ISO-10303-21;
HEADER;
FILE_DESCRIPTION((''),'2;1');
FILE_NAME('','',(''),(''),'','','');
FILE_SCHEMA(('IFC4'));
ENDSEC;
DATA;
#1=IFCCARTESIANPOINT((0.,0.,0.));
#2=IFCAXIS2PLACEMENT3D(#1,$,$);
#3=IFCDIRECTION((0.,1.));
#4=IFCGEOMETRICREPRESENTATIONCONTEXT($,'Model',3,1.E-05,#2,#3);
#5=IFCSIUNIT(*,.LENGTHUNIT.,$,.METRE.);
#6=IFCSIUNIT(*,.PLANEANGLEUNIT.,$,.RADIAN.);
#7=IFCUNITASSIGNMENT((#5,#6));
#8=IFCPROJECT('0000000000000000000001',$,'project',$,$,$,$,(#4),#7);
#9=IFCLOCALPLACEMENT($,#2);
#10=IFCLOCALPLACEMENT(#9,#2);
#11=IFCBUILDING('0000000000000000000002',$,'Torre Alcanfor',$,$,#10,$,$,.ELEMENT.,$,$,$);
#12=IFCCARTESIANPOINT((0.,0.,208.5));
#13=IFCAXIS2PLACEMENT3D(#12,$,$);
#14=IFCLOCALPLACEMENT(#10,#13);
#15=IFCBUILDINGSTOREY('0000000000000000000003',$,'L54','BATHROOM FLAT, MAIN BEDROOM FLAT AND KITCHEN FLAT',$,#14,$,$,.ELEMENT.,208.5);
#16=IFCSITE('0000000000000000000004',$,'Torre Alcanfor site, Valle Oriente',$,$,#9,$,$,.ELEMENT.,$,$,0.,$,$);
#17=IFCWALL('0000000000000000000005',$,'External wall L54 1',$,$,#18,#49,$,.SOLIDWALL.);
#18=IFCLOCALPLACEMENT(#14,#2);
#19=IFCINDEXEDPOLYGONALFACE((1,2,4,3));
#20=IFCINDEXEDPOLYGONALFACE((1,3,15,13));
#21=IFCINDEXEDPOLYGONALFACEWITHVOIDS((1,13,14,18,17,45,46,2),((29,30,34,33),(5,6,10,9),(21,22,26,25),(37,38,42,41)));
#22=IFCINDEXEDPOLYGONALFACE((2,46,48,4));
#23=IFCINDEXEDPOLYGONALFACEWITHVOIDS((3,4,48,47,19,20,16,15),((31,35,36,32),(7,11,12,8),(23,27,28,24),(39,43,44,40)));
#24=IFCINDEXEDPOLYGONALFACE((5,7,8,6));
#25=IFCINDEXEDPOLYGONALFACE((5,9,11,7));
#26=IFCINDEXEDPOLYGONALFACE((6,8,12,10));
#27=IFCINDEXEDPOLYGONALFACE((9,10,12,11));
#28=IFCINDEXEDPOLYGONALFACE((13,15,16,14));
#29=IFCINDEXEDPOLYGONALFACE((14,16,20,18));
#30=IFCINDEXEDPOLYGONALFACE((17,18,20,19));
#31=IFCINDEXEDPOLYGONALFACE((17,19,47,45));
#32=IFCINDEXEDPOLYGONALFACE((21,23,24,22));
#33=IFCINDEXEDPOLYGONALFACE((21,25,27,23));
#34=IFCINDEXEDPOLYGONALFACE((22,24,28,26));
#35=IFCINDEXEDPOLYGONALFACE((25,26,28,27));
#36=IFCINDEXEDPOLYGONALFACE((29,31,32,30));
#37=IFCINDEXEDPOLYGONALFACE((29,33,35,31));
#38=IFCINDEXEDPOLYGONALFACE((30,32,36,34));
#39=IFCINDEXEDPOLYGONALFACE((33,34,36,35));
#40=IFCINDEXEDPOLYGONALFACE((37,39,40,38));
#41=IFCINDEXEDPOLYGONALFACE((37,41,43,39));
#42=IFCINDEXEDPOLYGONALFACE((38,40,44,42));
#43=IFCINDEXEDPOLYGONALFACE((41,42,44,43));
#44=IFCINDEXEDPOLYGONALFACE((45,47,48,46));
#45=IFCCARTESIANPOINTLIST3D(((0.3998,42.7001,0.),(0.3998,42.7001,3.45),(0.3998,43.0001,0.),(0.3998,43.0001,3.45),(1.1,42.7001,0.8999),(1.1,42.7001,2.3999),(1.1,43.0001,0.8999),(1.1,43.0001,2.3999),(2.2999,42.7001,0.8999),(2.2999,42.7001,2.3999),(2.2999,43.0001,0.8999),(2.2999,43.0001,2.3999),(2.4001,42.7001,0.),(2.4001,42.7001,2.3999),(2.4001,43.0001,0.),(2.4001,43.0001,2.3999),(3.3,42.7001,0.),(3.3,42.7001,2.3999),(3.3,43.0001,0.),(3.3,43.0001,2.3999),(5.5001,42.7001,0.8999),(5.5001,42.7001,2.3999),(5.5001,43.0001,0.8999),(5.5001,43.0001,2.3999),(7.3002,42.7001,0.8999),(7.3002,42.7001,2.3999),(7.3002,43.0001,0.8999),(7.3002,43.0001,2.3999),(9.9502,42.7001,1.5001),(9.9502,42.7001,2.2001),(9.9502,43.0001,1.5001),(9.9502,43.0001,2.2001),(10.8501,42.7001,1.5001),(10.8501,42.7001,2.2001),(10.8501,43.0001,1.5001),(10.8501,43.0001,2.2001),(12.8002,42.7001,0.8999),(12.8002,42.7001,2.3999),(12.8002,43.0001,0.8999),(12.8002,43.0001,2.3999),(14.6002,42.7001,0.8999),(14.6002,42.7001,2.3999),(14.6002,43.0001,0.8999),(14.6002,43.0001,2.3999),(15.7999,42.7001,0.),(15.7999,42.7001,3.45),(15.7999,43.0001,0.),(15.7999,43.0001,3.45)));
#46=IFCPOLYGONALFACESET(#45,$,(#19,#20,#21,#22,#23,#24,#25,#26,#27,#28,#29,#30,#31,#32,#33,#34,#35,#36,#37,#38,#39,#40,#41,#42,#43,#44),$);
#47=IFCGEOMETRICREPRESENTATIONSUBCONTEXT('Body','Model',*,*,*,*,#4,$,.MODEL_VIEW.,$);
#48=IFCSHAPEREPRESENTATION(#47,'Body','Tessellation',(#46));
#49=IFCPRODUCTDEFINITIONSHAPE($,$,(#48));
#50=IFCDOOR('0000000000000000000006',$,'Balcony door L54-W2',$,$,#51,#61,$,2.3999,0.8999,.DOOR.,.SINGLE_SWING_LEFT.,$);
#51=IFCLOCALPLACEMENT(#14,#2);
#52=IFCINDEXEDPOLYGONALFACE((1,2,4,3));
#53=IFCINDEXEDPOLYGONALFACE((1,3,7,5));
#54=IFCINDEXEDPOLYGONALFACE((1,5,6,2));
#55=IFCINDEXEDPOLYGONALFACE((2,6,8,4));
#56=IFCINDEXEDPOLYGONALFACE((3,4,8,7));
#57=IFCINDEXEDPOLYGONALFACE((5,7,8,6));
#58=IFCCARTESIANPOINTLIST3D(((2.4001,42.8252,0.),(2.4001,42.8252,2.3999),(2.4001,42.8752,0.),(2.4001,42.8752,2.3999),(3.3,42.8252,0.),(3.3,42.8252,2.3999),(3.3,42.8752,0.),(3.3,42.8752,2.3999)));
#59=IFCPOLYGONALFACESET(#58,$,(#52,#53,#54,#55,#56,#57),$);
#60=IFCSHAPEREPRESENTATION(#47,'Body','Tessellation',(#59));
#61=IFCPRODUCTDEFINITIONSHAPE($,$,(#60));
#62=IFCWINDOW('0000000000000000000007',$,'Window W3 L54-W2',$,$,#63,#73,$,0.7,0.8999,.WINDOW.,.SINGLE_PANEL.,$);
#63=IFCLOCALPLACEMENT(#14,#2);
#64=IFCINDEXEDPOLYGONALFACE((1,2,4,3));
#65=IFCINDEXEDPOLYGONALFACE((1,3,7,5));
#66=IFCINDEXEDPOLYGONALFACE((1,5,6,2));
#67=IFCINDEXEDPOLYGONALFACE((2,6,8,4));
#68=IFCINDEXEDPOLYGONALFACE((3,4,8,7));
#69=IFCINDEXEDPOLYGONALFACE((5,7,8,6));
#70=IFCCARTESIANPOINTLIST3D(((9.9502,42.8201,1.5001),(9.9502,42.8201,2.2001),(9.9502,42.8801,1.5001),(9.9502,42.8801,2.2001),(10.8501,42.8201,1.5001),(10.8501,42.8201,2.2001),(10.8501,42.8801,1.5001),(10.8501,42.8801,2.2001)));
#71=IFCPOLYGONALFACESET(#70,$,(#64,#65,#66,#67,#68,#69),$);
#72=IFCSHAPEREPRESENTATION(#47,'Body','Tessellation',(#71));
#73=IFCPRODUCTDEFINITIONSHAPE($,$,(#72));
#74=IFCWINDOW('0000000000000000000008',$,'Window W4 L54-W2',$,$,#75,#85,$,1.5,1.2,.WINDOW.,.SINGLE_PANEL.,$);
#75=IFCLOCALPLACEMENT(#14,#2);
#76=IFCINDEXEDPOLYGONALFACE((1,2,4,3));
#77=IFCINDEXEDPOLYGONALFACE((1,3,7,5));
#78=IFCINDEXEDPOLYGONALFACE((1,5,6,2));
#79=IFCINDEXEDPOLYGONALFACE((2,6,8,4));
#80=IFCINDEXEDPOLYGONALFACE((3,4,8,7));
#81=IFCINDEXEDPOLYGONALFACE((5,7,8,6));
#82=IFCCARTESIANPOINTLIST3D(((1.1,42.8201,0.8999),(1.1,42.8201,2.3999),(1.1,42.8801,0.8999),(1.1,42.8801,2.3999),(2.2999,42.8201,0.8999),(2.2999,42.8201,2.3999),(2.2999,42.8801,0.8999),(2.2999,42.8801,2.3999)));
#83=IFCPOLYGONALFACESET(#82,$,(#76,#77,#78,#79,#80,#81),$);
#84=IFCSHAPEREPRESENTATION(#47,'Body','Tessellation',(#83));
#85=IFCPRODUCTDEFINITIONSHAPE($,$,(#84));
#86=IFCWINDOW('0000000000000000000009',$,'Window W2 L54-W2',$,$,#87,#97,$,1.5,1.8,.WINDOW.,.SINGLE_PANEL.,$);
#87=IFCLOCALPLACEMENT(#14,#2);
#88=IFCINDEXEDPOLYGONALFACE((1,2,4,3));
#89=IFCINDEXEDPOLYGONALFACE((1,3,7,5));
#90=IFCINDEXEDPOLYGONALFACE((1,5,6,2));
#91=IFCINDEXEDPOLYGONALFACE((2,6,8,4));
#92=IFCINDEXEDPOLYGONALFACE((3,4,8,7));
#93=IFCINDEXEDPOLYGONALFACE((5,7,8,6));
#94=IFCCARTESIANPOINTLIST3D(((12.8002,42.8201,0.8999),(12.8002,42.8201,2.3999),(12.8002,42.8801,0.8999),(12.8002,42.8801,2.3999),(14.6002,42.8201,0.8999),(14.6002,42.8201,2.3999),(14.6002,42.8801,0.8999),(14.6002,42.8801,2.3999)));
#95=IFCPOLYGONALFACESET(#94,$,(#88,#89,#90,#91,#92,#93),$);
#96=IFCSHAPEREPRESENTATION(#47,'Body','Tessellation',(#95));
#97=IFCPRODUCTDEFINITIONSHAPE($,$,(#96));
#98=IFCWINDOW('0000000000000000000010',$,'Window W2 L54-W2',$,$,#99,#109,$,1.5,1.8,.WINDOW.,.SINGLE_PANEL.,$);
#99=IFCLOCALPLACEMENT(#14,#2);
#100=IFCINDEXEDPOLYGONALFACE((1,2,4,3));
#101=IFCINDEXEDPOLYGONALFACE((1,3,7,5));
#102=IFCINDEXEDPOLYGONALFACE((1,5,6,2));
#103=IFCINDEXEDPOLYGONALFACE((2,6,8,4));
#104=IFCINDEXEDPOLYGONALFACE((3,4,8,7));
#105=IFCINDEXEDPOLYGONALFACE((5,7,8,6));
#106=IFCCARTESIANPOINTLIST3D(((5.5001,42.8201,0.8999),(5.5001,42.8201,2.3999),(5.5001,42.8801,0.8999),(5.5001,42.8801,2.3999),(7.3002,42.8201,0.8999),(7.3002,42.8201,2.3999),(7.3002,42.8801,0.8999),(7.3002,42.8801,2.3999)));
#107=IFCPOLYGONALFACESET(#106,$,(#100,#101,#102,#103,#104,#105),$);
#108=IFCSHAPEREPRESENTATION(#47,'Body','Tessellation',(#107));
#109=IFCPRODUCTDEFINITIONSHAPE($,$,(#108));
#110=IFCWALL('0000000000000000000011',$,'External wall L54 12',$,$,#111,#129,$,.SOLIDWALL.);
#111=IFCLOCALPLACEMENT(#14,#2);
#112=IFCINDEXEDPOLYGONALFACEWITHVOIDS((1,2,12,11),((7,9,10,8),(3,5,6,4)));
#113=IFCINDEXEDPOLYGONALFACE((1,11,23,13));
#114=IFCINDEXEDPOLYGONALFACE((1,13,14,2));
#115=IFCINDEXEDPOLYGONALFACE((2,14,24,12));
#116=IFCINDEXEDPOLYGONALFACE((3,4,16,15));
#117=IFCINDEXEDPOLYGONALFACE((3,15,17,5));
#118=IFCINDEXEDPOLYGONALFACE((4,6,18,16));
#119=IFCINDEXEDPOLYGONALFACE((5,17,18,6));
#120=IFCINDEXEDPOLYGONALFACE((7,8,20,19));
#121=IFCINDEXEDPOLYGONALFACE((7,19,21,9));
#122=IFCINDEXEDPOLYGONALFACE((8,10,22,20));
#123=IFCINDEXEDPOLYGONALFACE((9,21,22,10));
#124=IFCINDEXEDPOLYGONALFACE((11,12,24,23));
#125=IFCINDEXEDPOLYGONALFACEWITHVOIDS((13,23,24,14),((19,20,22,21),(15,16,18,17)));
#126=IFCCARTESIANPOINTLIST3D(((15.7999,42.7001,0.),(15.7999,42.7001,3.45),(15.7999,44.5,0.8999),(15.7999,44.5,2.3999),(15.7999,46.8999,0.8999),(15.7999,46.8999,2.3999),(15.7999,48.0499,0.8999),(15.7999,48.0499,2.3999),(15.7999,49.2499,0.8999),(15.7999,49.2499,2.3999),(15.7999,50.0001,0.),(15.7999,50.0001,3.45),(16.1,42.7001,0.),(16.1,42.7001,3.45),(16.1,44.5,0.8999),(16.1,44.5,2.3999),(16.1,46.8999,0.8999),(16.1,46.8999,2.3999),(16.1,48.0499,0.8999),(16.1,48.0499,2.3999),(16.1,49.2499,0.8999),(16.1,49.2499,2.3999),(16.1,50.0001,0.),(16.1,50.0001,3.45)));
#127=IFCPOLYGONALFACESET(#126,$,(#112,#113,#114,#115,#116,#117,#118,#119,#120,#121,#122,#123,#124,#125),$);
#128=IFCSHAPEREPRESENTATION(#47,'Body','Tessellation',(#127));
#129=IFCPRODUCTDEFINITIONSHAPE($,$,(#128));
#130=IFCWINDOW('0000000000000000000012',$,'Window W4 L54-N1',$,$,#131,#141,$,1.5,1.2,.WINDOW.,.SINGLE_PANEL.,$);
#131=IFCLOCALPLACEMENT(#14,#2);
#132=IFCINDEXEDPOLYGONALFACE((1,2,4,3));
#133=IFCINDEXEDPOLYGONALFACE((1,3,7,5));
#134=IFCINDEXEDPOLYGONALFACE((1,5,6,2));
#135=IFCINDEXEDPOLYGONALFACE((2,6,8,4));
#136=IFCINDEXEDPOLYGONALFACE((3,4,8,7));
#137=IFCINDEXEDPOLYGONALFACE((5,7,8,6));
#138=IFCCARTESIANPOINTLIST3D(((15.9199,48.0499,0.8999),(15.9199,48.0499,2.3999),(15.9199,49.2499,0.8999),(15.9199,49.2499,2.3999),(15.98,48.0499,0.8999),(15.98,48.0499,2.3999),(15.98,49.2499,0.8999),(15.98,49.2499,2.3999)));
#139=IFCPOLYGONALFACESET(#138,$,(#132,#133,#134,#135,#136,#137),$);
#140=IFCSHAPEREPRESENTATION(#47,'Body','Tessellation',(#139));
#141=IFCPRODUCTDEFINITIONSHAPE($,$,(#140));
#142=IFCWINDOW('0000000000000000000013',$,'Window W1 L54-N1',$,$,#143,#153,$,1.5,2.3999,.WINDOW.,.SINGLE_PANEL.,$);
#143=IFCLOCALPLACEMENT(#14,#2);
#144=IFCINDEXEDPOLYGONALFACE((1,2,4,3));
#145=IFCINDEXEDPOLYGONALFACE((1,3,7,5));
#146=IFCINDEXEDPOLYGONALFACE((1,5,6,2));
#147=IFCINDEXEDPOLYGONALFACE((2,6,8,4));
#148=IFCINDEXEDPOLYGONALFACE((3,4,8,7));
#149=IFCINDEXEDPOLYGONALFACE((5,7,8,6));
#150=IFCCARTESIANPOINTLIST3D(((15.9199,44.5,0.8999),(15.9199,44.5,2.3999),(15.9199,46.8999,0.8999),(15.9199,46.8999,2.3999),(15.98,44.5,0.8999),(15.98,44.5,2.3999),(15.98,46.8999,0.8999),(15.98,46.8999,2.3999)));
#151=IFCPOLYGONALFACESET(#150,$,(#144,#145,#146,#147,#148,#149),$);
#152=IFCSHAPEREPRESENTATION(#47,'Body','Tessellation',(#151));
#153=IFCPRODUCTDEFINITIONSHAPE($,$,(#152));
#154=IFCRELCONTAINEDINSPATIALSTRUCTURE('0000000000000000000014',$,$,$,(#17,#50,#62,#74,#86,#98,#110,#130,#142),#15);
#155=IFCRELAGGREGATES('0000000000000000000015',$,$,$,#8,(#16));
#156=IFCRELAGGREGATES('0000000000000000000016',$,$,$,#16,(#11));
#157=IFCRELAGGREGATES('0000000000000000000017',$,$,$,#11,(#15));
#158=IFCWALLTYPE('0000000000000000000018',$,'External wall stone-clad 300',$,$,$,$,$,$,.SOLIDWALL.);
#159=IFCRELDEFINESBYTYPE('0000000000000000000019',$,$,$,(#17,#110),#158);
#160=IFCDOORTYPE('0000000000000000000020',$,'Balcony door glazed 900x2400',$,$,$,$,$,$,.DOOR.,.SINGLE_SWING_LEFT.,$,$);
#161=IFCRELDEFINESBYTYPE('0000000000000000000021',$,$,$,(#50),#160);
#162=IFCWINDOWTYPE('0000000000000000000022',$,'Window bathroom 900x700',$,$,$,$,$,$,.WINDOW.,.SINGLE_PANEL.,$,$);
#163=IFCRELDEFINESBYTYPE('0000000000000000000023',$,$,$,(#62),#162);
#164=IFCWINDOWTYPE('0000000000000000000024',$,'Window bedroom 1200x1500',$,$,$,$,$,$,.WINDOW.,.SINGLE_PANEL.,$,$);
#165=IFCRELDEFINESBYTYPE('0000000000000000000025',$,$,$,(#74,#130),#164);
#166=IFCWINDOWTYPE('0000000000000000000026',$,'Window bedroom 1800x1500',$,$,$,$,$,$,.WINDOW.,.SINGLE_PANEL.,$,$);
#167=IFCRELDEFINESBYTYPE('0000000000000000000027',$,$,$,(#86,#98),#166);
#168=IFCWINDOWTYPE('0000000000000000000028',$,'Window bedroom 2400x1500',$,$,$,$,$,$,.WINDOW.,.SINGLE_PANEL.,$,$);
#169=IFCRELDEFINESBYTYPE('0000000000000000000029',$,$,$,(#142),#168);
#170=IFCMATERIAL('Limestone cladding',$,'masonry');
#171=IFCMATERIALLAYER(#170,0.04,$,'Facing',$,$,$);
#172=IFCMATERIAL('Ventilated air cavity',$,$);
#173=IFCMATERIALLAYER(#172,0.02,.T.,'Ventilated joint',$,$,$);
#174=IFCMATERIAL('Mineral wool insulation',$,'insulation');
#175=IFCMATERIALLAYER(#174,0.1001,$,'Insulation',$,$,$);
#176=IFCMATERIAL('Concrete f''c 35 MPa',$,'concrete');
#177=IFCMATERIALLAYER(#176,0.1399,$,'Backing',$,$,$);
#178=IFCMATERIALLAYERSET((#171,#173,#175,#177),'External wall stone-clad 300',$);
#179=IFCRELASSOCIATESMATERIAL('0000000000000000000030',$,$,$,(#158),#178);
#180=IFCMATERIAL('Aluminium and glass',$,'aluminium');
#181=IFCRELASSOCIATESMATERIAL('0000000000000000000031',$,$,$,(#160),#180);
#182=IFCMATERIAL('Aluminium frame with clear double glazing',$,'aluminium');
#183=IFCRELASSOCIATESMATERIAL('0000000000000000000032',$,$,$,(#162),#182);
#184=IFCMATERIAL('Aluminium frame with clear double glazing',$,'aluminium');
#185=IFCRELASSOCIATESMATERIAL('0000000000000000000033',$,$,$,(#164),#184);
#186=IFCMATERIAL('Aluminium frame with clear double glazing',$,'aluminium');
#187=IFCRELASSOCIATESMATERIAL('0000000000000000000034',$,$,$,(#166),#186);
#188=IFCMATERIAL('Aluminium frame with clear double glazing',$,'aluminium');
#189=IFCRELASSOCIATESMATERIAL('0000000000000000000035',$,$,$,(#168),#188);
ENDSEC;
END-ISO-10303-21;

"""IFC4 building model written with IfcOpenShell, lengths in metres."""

from ifc_helpers import new_model, si_unit, direction, frame, frame_2d, origin, place, context, subcontext, project, spatial, rectangle, extrude, material, layer, layer_set, type_object, element, fill, save


model = new_model("IFC4")

# Units and contexts
model_context = context("Model", 3, precision=1e-05, world=origin(), true_north=direction((0.0, 1.0)))
body_context = subcontext(model_context, "Body", "Model", "MODEL_VIEW")
ifc_project = project(units=[si_unit("LENGTHUNIT", "METRE"), si_unit("PLANEANGLEUNIT", "RADIAN")], contexts=[model_context])

# Site, building, storey
site_placement = place(None, origin())
site = spatial("IfcSite", under=ifc_project, at=site_placement, Name="Torre Alcanfor site, Valle Oriente", CompositionType="ELEMENT", RefElevation=0.0)
building_placement = place(site_placement, origin())
building = spatial("IfcBuilding", under=site, at=building_placement, Name="Torre Alcanfor", CompositionType="ELEMENT")
storey_placement = place(building_placement, frame((0.0, 0.0, 208.5)))
storey = spatial("IfcBuildingStorey", under=building, at=storey_placement, Name="L54", Description="BATHROOM FLAT, MAIN BEDROOM FLAT AND KITCHEN FLAT", CompositionType="ELEMENT", Elevation=208.5)

# Wall, openings, door, windows
ifc_material_1 = material(Name="Limestone cladding", Category="masonry")
ifc_layer_1 = layer(ifc_material_1, 0.04, Name="Facing")
ifc_material_2 = material(Name="Ventilated air cavity")
ifc_layer_2 = layer(ifc_material_2, 0.02, ventilated=True, Name="Ventilated joint")
ifc_material_3 = material(Name="Mineral wool insulation", Category="insulation")
ifc_layer_3 = layer(ifc_material_3, 0.1001, Name="Insulation")
ifc_material_4 = material(Name="Concrete f'c 35 MPa", Category="concrete")
ifc_layer_4 = layer(ifc_material_4, 0.1399, Name="Backing")
ifc_layer_set_1 = layer_set([ifc_layer_1, ifc_layer_2, ifc_layer_3, ifc_layer_4], Name="External wall stone-clad 300")
wall_type_1 = type_object("IfcWallType", Name="External wall stone-clad 300", PredefinedType="SOLIDWALL", material=ifc_layer_set_1)
wall_1_placement = place(storey_placement, frame((15.8, 42.8501, 0.0), z_axis=(0.0, 0.0, 1.0), x_axis=(-1.0, 0.0, 0.0)))
wall_1 = element("IfcWall", 1, at=wall_1_placement, inside=storey, type_object=wall_type_1, Name="External wall L54 1", PredefinedType="SOLIDWALL", context=body_context, shape_type="SweptSolid", body=[
    extrude(rectangle(XDim=15.4001, YDim=0.3, at=frame_2d((7.7002, 0.0))), origin(), (0.0, 0.0, 1.0), 3.45),
])
opening_1_placement = place(wall_1_placement, frame((1.2, 0.0, 0.8999)))
opening_1 = element("IfcOpeningElement", 2, at=opening_1_placement, cuts=wall_1, PredefinedType="OPENING", context=body_context, shape_type="SweptSolid", body=[
    extrude(rectangle(XDim=1.8, YDim=1.5, at=frame_2d((0.8999, 0.75))), frame((0.0, 0.1599, 0.0), z_axis=(0.0, -1.0, 0.0), x_axis=(1.0, 0.0, 0.0)), (0.0, 0.0, 1.0), 0.3201),
])
opening_2_placement = place(wall_1_placement, frame((4.95, 0.0, 1.5)))
opening_2 = element("IfcOpeningElement", 3, at=opening_2_placement, cuts=wall_1, PredefinedType="OPENING", context=body_context, shape_type="SweptSolid", body=[
    extrude(rectangle(XDim=0.8999, YDim=0.7, at=frame_2d((0.45, 0.3501))), frame((0.0, 0.1599, 0.0), z_axis=(0.0, -1.0, 0.0), x_axis=(1.0, 0.0, 0.0)), (0.0, 0.0, 1.0), 0.3201),
])
opening_3_placement = place(wall_1_placement, frame((8.5, 0.0, 0.8999)))
opening_3 = element("IfcOpeningElement", 4, at=opening_3_placement, cuts=wall_1, PredefinedType="OPENING", context=body_context, shape_type="SweptSolid", body=[
    extrude(rectangle(XDim=1.8, YDim=1.5, at=frame_2d((0.8999, 0.75))), frame((0.0, 0.1599, 0.0), z_axis=(0.0, -1.0, 0.0), x_axis=(1.0, 0.0, 0.0)), (0.0, 0.0, 1.0), 0.3201),
])
opening_4_placement = place(wall_1_placement, frame((12.5, 0.0, 0.0)))
opening_4 = element("IfcOpeningElement", 5, at=opening_4_placement, cuts=wall_1, PredefinedType="OPENING", context=body_context, shape_type="SweptSolid", body=[
    extrude(rectangle(XDim=0.8999, YDim=2.3999, at=frame_2d((0.45, 1.2))), frame((0.0, 0.1599, 0.0), z_axis=(0.0, -1.0, 0.0), x_axis=(1.0, 0.0, 0.0)), (0.0, 0.0, 1.0), 0.3201),
])
opening_5_placement = place(wall_1_placement, frame((13.5, 0.0, 0.8999)))
opening_5 = element("IfcOpeningElement", 6, at=opening_5_placement, cuts=wall_1, PredefinedType="OPENING", context=body_context, shape_type="SweptSolid", body=[
    extrude(rectangle(XDim=1.2, YDim=1.5, at=frame_2d((0.6001, 0.75))), frame((0.0, 0.1599, 0.0), z_axis=(0.0, -1.0, 0.0), x_axis=(1.0, 0.0, 0.0)), (0.0, 0.0, 1.0), 0.3201),
])
ifc_material_5 = material(Name="Aluminium and glass", Category="aluminium")
door_type = type_object("IfcDoorType", Name="Balcony door glazed 900x2400", OperationType="SINGLE_SWING_LEFT", PredefinedType="DOOR", material=ifc_material_5)
door_placement = place(opening_4_placement, origin())
door = element("IfcDoor", 7, at=door_placement, inside=storey, type_object=door_type, Name="Balcony door L54-W2", OperationType="SINGLE_SWING_LEFT", OverallHeight=2.3999, OverallWidth=0.8999, PredefinedType="DOOR", context=body_context, shape_type="SweptSolid", body=[
    extrude(rectangle(XDim=0.8999, YDim=2.3999, at=frame_2d((0.45, 1.2))), frame((0.0, 0.0249, 0.0), z_axis=(0.0, -1.0, 0.0), x_axis=(1.0, 0.0, 0.0)), (0.0, 0.0, 1.0), 0.05),
])
fill(opening_4, door)
ifc_material_6 = material(Name="Aluminium frame with clear double glazing", Category="aluminium")
window_type_1 = type_object("IfcWindowType", Name="Window bathroom 900x700", PartitioningType="SINGLE_PANEL", PredefinedType="WINDOW", material=ifc_material_6)
window_1_placement = place(opening_2_placement, origin())
window_1 = element("IfcWindow", 8, at=window_1_placement, inside=storey, type_object=window_type_1, Name="Window W3 L54-W2", OverallHeight=0.7, OverallWidth=0.8999, PartitioningType="SINGLE_PANEL", PredefinedType="WINDOW", context=body_context, shape_type="SweptSolid", body=[
    extrude(rectangle(XDim=0.8999, YDim=0.7, at=frame_2d((0.45, 0.3501))), frame((0.0, 0.03, 0.0), z_axis=(0.0, -1.0, 0.0), x_axis=(1.0, 0.0, 0.0)), (0.0, 0.0, 1.0), 0.0601),
])
fill(opening_2, window_1)
ifc_material_7 = material(Name="Aluminium frame with clear double glazing", Category="aluminium")
window_type_2 = type_object("IfcWindowType", Name="Window bedroom 1200x1500", PartitioningType="SINGLE_PANEL", PredefinedType="WINDOW", material=ifc_material_7)
window_2_placement = place(opening_5_placement, origin())
window_2 = element("IfcWindow", 9, at=window_2_placement, inside=storey, type_object=window_type_2, Name="Window W4 L54-W2", OverallHeight=1.5, OverallWidth=1.2, PartitioningType="SINGLE_PANEL", PredefinedType="WINDOW", context=body_context, shape_type="SweptSolid", body=[
    extrude(rectangle(XDim=1.2, YDim=1.5, at=frame_2d((0.6001, 0.75))), frame((0.0, 0.03, 0.0), z_axis=(0.0, -1.0, 0.0), x_axis=(1.0, 0.0, 0.0)), (0.0, 0.0, 1.0), 0.0601),
])
fill(opening_5, window_2)
ifc_material_8 = material(Name="Aluminium frame with clear double glazing", Category="aluminium")
window_type_3 = type_object("IfcWindowType", Name="Window bedroom 1800x1500", PartitioningType="SINGLE_PANEL", PredefinedType="WINDOW", material=ifc_material_8)
window_3_placement = place(opening_1_placement, origin())
window_3 = element("IfcWindow", 10, at=window_3_placement, inside=storey, type_object=window_type_3, Name="Window W2 L54-W2", OverallHeight=1.5, OverallWidth=1.8, PartitioningType="SINGLE_PANEL", PredefinedType="WINDOW", context=body_context, shape_type="SweptSolid", body=[
    extrude(rectangle(XDim=1.8, YDim=1.5, at=frame_2d((0.8999, 0.75))), frame((0.0, 0.03, 0.0), z_axis=(0.0, -1.0, 0.0), x_axis=(1.0, 0.0, 0.0)), (0.0, 0.0, 1.0), 0.0601),
])
fill(opening_1, window_3)
window_4_placement = place(opening_3_placement, origin())
window_4 = element("IfcWindow", 11, at=window_4_placement, inside=storey, type_object=window_type_3, Name="Window W2 L54-W2", OverallHeight=1.5, OverallWidth=1.8, PartitioningType="SINGLE_PANEL", PredefinedType="WINDOW", context=body_context, shape_type="SweptSolid", body=[
    extrude(rectangle(XDim=1.8, YDim=1.5, at=frame_2d((0.8999, 0.75))), frame((0.0, 0.03, 0.0), z_axis=(0.0, -1.0, 0.0), x_axis=(1.0, 0.0, 0.0)), (0.0, 0.0, 1.0), 0.0601),
])
fill(opening_3, window_4)

# Wall, openings, windows
wall_2_placement = place(storey_placement, frame((15.95, 50.0, 0.0), z_axis=(0.0, 0.0, 1.0), x_axis=(0.0, -1.0, 0.0)))
wall_2 = element("IfcWall", 12, at=wall_2_placement, inside=storey, type_object=wall_type_1, Name="External wall L54 12", PredefinedType="SOLIDWALL", context=body_context, shape_type="SweptSolid", body=[
    extrude(rectangle(XDim=7.3, YDim=0.3, at=frame_2d((3.6499, 0.0))), origin(), (0.0, 0.0, 1.0), 3.45),
])
opening_6_placement = place(wall_2_placement, frame((3.1001, 0.0, 0.8999)))
opening_6 = element("IfcOpeningElement", 13, at=opening_6_placement, cuts=wall_2, PredefinedType="OPENING", context=body_context, shape_type="SweptSolid", body=[
    extrude(rectangle(XDim=2.3999, YDim=1.5, at=frame_2d((1.2, 0.75))), frame((0.0, 0.1599, 0.0), z_axis=(0.0, -1.0, 0.0), x_axis=(1.0, 0.0, 0.0)), (0.0, 0.0, 1.0), 0.3201),
])
opening_7_placement = place(wall_2_placement, frame((0.75, 0.0, 0.8999)))
opening_7 = element("IfcOpeningElement", 14, at=opening_7_placement, cuts=wall_2, PredefinedType="OPENING", context=body_context, shape_type="SweptSolid", body=[
    extrude(rectangle(XDim=1.2, YDim=1.5, at=frame_2d((0.6001, 0.75))), frame((0.0, 0.1599, 0.0), z_axis=(0.0, -1.0, 0.0), x_axis=(1.0, 0.0, 0.0)), (0.0, 0.0, 1.0), 0.3201),
])
window_5_placement = place(opening_7_placement, origin())
window_5 = element("IfcWindow", 15, at=window_5_placement, inside=storey, type_object=window_type_2, Name="Window W4 L54-N1", OverallHeight=1.5, OverallWidth=1.2, PartitioningType="SINGLE_PANEL", PredefinedType="WINDOW", context=body_context, shape_type="SweptSolid", body=[
    extrude(rectangle(XDim=1.2, YDim=1.5, at=frame_2d((0.6001, 0.75))), frame((0.0, 0.03, 0.0), z_axis=(0.0, -1.0, 0.0), x_axis=(1.0, 0.0, 0.0)), (0.0, 0.0, 1.0), 0.0601),
])
fill(opening_7, window_5)
ifc_material_9 = material(Name="Aluminium frame with clear double glazing", Category="aluminium")
window_type_4 = type_object("IfcWindowType", Name="Window bedroom 2400x1500", PartitioningType="SINGLE_PANEL", PredefinedType="WINDOW", material=ifc_material_9)
window_6_placement = place(opening_6_placement, origin())
window_6 = element("IfcWindow", 16, at=window_6_placement, inside=storey, type_object=window_type_4, Name="Window W1 L54-N1", OverallHeight=1.5, OverallWidth=2.3999, PartitioningType="SINGLE_PANEL", PredefinedType="WINDOW", context=body_context, shape_type="SweptSolid", body=[
    extrude(rectangle(XDim=2.3999, YDim=1.5, at=frame_2d((1.2, 0.75))), frame((0.0, 0.03, 0.0), z_axis=(0.0, -1.0, 0.0), x_axis=(1.0, 0.0, 0.0)), (0.0, 0.0, 1.0), 0.0601),
])
fill(opening_6, window_6)

save(model, "model.ifc")
